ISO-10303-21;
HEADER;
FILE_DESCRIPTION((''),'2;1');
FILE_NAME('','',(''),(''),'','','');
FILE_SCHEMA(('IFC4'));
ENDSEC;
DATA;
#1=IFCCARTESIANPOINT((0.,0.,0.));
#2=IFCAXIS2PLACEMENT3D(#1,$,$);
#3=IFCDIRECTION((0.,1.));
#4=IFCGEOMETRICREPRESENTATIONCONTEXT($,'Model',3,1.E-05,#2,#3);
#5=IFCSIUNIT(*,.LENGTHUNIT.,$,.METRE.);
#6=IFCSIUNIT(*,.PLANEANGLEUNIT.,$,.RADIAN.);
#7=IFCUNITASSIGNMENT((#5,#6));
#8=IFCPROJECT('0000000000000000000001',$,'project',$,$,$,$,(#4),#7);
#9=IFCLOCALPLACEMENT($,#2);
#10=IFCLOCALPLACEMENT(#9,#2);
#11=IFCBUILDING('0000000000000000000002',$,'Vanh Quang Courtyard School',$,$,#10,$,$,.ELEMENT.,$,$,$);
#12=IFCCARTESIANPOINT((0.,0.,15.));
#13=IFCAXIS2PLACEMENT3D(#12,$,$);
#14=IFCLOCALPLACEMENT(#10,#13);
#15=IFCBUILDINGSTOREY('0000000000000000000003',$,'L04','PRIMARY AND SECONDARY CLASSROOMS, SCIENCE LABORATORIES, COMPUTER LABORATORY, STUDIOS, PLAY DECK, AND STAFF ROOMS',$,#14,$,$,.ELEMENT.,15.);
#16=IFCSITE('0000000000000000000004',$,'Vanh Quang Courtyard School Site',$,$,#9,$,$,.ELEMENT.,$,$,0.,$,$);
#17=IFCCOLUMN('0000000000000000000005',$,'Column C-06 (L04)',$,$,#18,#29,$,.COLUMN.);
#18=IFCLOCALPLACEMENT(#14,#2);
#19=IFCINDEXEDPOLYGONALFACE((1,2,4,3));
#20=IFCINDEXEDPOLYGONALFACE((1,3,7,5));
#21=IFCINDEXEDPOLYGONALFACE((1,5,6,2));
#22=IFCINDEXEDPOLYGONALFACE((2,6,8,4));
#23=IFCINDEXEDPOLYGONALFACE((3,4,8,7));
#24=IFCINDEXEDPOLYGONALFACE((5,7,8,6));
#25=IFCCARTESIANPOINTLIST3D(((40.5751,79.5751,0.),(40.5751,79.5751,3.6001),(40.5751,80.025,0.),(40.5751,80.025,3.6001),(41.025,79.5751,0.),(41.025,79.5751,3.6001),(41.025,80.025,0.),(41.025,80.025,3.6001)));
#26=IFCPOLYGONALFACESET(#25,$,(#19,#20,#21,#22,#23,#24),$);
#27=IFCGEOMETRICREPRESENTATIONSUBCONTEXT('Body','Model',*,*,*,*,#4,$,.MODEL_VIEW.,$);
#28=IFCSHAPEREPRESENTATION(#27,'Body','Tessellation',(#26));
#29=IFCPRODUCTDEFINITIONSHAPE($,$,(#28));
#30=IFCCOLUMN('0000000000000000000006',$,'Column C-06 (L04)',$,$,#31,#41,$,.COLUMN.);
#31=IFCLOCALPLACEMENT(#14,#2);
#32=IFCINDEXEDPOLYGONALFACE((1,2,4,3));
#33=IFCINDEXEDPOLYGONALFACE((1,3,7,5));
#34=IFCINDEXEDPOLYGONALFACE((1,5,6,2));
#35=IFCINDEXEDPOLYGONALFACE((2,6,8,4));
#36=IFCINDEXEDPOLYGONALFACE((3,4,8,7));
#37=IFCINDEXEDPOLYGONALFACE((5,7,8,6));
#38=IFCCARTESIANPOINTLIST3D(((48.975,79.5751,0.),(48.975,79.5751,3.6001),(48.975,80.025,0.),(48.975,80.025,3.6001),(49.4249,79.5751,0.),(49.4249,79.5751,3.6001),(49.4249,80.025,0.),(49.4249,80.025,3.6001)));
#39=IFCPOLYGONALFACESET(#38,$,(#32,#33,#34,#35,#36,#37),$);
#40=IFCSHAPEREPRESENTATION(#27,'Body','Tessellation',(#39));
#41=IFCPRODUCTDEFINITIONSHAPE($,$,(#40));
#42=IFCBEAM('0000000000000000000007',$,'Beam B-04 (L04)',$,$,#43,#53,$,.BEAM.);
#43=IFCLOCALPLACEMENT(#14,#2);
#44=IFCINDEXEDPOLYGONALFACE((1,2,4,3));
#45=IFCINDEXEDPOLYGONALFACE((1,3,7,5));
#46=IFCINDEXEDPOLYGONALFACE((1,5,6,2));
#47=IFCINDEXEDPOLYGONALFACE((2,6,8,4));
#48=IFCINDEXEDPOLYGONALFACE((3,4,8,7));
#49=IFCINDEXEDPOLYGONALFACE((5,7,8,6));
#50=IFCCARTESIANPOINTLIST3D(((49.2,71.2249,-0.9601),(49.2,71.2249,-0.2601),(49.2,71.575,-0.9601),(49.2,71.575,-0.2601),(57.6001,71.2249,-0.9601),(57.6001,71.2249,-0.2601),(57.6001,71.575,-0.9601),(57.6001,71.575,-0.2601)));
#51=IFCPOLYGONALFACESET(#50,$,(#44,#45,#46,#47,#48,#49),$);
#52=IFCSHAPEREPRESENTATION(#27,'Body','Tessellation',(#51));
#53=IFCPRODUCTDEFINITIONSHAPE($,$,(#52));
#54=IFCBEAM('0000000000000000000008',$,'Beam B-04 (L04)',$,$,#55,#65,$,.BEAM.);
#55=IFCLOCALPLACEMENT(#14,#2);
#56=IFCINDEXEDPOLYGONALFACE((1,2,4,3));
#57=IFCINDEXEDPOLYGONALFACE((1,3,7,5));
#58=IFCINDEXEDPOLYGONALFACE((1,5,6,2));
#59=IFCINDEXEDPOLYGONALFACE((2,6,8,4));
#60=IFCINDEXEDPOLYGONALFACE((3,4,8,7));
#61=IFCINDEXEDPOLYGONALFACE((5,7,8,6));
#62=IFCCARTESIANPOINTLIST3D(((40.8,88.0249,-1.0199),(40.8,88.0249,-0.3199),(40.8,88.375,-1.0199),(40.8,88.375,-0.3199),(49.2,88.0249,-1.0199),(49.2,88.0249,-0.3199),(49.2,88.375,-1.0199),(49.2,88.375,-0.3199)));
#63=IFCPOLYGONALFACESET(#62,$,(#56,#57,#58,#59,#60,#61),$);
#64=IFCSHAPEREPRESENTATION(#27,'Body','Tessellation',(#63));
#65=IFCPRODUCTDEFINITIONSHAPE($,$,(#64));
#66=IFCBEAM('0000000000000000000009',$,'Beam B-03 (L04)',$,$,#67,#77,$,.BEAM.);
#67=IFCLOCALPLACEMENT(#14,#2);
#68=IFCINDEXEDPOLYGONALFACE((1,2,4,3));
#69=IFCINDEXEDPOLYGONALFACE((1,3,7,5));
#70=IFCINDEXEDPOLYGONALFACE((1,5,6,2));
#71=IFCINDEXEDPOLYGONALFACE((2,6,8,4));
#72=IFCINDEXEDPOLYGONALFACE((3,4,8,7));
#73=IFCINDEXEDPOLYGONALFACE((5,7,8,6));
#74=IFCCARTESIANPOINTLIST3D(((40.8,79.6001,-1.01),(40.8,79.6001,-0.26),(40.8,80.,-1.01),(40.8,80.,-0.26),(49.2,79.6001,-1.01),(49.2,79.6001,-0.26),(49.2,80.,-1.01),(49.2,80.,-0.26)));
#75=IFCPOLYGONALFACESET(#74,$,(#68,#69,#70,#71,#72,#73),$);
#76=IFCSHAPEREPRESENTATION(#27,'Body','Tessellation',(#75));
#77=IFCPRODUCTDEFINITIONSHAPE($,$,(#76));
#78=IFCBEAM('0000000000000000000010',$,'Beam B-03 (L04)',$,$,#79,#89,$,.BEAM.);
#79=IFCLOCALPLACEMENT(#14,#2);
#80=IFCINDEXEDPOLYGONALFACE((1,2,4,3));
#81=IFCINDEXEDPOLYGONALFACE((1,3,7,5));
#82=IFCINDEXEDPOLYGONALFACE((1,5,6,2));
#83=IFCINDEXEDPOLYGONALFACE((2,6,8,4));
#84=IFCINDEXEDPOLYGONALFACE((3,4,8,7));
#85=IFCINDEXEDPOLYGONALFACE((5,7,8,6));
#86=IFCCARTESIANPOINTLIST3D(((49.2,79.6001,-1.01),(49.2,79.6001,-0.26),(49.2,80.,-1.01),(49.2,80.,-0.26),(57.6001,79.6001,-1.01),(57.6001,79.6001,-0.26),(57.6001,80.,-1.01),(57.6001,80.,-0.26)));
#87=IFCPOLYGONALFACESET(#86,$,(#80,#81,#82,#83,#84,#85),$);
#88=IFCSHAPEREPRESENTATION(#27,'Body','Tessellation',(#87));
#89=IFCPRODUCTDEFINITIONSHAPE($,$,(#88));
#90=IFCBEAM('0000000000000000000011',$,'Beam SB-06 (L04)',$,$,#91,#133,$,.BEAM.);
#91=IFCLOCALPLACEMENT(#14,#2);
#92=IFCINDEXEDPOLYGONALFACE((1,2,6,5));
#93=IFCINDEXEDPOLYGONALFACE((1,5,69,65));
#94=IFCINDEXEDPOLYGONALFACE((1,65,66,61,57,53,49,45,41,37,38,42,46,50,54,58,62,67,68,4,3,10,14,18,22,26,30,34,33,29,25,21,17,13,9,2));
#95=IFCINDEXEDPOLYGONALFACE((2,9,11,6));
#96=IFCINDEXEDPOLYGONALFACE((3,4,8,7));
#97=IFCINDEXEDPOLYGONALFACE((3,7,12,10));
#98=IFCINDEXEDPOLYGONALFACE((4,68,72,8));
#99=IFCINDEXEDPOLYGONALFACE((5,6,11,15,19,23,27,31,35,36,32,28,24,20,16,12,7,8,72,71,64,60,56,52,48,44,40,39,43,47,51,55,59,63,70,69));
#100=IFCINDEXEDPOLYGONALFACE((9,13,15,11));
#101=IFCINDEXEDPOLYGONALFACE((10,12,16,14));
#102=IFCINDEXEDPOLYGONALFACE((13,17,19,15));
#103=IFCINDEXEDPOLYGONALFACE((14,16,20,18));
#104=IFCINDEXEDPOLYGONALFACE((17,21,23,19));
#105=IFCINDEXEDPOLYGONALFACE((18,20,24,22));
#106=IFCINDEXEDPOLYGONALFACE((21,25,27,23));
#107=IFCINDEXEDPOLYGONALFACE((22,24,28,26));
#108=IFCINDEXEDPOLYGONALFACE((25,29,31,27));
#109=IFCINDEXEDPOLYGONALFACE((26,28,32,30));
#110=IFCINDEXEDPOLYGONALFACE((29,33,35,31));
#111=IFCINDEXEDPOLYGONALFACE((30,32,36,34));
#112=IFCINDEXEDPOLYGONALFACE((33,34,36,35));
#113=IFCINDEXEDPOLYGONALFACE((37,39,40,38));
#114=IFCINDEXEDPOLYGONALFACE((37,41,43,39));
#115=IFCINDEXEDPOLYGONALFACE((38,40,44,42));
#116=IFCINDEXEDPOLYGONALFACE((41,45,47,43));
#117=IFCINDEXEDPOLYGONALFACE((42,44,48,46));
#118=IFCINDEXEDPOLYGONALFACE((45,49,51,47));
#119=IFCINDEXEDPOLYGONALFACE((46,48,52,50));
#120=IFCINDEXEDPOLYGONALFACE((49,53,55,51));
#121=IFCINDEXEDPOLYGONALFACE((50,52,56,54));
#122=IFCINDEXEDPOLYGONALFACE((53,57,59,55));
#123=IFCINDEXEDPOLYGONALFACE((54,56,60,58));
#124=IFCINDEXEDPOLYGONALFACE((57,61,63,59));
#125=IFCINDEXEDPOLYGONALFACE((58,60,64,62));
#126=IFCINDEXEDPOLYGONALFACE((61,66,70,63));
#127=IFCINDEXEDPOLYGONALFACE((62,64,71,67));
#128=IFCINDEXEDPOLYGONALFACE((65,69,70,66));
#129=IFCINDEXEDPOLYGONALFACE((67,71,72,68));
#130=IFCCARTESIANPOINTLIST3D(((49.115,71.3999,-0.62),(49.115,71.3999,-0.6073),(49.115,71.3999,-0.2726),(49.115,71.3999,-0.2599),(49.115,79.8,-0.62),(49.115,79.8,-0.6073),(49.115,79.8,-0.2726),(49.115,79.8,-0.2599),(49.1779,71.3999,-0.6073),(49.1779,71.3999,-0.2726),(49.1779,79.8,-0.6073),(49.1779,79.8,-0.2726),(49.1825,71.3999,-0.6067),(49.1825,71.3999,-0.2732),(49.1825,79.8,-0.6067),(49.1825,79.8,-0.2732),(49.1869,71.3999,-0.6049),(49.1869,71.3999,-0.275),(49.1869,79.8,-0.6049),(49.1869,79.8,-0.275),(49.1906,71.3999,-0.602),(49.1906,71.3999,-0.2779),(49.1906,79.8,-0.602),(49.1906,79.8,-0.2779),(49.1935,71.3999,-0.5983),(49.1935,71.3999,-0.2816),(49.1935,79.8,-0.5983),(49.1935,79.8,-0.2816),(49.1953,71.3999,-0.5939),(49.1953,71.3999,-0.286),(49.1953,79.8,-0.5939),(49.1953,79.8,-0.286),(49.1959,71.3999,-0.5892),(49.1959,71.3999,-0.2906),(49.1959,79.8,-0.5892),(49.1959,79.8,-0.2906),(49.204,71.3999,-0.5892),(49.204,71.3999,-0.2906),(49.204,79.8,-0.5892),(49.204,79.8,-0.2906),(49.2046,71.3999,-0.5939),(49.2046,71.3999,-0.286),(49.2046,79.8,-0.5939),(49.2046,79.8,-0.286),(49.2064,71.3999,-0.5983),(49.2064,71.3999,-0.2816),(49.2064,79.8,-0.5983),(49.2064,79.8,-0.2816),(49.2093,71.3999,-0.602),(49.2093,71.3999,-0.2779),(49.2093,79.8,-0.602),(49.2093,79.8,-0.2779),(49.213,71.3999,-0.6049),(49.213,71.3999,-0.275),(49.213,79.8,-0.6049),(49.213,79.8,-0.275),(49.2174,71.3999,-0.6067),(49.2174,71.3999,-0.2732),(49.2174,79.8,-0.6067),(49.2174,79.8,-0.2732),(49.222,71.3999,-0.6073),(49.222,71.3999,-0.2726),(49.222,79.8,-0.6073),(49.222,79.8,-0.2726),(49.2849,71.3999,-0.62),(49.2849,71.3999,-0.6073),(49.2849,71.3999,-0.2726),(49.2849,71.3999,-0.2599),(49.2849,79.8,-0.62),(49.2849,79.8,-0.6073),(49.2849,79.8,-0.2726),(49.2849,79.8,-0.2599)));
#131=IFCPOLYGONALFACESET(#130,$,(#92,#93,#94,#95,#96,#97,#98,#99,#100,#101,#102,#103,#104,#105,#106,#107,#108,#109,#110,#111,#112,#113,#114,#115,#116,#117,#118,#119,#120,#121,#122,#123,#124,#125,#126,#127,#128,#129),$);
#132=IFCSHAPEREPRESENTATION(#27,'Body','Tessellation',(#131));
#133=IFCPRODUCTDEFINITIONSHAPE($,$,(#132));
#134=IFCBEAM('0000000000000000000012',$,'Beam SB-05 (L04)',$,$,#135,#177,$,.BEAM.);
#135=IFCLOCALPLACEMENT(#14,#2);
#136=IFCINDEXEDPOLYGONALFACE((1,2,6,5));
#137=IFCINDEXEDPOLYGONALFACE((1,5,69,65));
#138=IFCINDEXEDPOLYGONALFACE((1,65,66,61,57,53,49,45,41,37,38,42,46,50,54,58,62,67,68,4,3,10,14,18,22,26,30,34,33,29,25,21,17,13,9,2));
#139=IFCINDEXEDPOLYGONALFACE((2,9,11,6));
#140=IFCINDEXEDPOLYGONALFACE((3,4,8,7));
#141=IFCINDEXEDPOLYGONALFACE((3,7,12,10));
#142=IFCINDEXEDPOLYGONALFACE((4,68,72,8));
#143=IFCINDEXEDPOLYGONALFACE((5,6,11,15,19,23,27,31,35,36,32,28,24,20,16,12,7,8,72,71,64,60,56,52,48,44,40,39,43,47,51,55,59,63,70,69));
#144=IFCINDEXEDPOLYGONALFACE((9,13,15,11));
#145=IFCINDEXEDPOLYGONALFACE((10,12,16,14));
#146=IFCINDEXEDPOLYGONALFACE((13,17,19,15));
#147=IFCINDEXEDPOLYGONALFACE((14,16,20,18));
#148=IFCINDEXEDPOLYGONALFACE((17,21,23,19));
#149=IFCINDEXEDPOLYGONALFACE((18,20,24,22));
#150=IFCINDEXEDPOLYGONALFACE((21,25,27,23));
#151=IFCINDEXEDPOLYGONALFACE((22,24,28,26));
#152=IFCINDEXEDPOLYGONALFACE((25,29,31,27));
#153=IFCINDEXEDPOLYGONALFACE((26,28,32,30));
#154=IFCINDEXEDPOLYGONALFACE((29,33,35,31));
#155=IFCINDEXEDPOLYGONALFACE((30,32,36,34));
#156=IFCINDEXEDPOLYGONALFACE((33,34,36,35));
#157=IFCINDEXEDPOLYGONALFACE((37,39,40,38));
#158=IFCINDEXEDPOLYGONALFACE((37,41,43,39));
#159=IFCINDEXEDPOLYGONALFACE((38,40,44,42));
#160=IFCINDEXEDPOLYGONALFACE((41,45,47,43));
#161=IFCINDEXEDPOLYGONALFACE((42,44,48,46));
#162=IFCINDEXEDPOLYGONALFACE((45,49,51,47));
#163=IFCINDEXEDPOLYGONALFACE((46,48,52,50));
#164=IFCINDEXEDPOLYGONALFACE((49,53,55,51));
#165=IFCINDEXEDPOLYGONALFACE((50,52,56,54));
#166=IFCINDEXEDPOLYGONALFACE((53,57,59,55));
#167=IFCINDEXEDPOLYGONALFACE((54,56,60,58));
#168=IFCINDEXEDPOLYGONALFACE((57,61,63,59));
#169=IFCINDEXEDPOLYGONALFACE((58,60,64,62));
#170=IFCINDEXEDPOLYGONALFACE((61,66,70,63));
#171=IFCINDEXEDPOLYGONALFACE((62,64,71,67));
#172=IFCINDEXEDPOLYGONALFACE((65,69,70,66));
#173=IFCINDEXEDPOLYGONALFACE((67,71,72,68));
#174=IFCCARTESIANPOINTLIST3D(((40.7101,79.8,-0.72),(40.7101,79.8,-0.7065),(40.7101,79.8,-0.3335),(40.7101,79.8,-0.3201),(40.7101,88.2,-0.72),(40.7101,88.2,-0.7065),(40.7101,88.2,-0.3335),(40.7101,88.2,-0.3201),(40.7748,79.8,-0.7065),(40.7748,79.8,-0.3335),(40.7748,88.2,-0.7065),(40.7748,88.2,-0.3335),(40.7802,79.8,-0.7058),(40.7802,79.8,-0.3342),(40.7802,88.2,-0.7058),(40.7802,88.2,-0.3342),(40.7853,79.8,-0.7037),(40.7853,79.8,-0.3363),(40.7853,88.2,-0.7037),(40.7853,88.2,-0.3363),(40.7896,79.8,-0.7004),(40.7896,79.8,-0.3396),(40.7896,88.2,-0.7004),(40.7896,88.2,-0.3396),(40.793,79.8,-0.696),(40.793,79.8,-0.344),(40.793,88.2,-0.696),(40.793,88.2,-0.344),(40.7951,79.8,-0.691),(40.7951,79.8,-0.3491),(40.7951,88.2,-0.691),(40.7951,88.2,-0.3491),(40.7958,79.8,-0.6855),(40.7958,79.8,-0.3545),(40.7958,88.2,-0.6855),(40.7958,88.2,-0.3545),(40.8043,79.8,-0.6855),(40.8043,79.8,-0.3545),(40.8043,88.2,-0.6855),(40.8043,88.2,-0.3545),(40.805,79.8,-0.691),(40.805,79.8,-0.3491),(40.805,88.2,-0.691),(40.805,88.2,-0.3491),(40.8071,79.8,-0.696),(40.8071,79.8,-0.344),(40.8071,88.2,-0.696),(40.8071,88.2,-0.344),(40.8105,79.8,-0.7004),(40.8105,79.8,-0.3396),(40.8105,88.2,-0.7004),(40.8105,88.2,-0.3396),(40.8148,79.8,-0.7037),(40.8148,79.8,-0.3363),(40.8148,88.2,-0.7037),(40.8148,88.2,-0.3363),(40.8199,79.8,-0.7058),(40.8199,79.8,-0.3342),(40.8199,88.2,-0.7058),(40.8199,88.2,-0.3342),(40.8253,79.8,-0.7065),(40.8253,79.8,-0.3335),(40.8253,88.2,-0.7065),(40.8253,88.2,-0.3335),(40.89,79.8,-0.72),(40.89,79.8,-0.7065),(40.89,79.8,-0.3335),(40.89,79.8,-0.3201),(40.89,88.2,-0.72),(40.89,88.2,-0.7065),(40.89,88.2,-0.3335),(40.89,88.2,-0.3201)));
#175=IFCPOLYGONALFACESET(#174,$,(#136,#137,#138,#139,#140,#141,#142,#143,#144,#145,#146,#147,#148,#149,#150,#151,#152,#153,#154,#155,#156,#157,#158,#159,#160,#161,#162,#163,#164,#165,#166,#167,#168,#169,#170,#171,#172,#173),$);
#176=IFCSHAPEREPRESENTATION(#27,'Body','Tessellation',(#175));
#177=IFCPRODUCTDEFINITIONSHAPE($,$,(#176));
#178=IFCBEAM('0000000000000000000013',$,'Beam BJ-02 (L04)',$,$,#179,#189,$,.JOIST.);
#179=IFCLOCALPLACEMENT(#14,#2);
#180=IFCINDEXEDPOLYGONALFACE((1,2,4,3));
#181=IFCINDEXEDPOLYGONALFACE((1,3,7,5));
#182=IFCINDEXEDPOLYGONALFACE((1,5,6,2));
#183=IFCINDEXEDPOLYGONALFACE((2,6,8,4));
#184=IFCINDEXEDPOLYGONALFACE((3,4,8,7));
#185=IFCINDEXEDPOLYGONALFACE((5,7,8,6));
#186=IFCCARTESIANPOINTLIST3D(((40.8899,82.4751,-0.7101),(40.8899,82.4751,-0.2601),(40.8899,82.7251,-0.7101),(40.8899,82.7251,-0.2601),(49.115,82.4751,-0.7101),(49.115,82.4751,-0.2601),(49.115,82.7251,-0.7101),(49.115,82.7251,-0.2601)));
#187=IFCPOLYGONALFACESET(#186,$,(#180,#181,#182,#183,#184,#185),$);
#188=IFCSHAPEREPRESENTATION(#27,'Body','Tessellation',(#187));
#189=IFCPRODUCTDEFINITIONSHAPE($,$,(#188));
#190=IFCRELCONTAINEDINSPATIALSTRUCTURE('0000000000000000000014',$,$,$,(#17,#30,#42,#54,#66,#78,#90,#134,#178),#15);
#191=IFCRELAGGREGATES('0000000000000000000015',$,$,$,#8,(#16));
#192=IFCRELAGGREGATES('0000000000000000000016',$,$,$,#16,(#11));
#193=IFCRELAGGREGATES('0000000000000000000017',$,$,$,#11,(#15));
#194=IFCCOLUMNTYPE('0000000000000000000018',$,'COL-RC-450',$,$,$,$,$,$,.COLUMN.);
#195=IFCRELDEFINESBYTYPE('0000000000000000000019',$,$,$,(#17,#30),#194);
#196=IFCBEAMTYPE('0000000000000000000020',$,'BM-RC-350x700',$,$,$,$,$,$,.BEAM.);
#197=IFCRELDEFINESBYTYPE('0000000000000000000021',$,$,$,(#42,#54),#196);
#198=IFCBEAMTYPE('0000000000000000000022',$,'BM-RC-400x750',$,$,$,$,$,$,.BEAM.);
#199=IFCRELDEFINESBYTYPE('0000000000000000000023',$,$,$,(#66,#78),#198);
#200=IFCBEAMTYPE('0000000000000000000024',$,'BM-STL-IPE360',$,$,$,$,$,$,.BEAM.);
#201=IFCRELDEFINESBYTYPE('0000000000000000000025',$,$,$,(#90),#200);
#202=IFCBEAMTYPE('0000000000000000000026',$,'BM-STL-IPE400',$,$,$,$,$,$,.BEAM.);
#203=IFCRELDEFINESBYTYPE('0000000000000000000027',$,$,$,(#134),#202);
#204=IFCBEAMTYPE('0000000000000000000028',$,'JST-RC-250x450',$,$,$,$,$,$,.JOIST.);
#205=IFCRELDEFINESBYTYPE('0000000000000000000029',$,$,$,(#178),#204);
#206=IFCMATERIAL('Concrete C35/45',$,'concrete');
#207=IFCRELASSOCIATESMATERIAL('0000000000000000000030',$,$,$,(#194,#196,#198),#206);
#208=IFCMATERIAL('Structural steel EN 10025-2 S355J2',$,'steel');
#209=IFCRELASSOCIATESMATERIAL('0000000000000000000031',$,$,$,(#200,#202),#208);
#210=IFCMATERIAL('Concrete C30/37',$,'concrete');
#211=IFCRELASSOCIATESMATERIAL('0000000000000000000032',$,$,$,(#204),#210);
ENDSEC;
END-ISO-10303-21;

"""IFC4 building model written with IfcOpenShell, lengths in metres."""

from ifc_helpers import new_model, si_unit, direction, frame, origin, origin_2d, place, context, subcontext, project, spatial, rectangle, i_section, extrude, material, material_profile, profile_set, type_object, element, save


model = new_model("IFC4")

# Units and contexts
model_context = context("Model", 3, precision=1e-05, world=origin(), true_north=direction((0.0, 1.0)))
body_context = subcontext(model_context, "Body", "Model", "MODEL_VIEW")
ifc_project = project(units=[si_unit("LENGTHUNIT", "METRE"), si_unit("PLANEANGLEUNIT", "RADIAN")], contexts=[model_context])

# Site, building, storey
site_placement = place(None, origin())
site = spatial("IfcSite", under=ifc_project, at=site_placement, Name="Vanh Quang Courtyard School Site", CompositionType="ELEMENT", RefElevation=0.0)
building_placement = place(site_placement, origin())
building = spatial("IfcBuilding", under=site, at=building_placement, Name="Vanh Quang Courtyard School", CompositionType="ELEMENT")
storey_placement = place(building_placement, frame((0.0, 0.0, 15.0)))
storey = spatial("IfcBuildingStorey", under=building, at=storey_placement, Name="L04", Description="PRIMARY AND SECONDARY CLASSROOMS, SCIENCE LABORATORIES, COMPUTER LABORATORY, STUDIOS, PLAY DECK, AND STAFF ROOMS", CompositionType="ELEMENT", Elevation=15.0)

# Columns
ifc_material_1 = material(Name="Concrete C35/45", Category="concrete")
ifc_material_profile_1 = material_profile(ifc_material_1, rectangle(XDim=0.45, YDim=0.45, at=origin_2d()), Name="RC-COL 450x450")
ifc_profile_set_1 = profile_set([ifc_material_profile_1], Name="Concrete C35/45")
column_type = type_object("IfcColumnType", Name="COL-RC-450", PredefinedType="COLUMN", material=ifc_profile_set_1)
for number, where, z_axis, x_axis, name in (
    (1, (40.8, 79.8, 0.0), (0.0, 0.0, 1.0), (1.0, 0.0, 0.0), "Column C-06 (L04)"),
    (2, (49.2, 79.8, 0.0), (0.0, 0.0, 1.0), (1.0, 0.0, 0.0), "Column C-06 (L04)"),
):
    element("IfcColumn", number, at=place(storey_placement, frame(where, z_axis=z_axis, x_axis=x_axis)), inside=storey, type_object=column_type, Name=name, PredefinedType="COLUMN", context=body_context, shape_type="SweptSolid", body=[
        extrude(rectangle(XDim=0.45, YDim=0.45, at=origin_2d()), origin(), (0.0, 0.0, 1.0), 3.6001),
    ])

# Beams
ifc_material_profile_2 = material_profile(ifc_material_1, rectangle(XDim=0.3501, YDim=0.7, at=origin_2d()), Name="RC-BM 350x700")
ifc_profile_set_2 = profile_set([ifc_material_profile_2], Name="Concrete C35/45")
beam_type_1 = type_object("IfcBeamType", Name="BM-RC-350x700", PredefinedType="BEAM", material=ifc_profile_set_2)
beam_1_placement = place(storey_placement, frame((49.2, 71.3999, -0.6101), z_axis=(1.0, 0.0, 0.0), x_axis=(0.0, 1.0, 0.0)))
element("IfcBeam", 3, at=beam_1_placement, inside=storey, type_object=beam_type_1, Name="Beam B-04 (L04)", PredefinedType="BEAM", context=body_context, shape_type="SweptSolid", body=[
    extrude(rectangle(XDim=0.3501, YDim=0.7, at=origin_2d()), origin(), (0.0, 0.0, 1.0), 8.4001),
])
beam_2_placement = place(storey_placement, frame((40.8, 88.2, -0.6699), z_axis=(1.0, 0.0, 0.0), x_axis=(0.0, 1.0, 0.0)))
element("IfcBeam", 4, at=beam_2_placement, inside=storey, type_object=beam_type_1, Name="Beam B-04 (L04)", PredefinedType="BEAM", context=body_context, shape_type="SweptSolid", body=[
    extrude(rectangle(XDim=0.3501, YDim=0.7, at=origin_2d()), origin(), (0.0, 0.0, 1.0), 8.3999),
])
ifc_material_profile_3 = material_profile(ifc_material_1, rectangle(XDim=0.3999, YDim=0.75, at=origin_2d()), Name="RC-BM 400x750")
ifc_profile_set_3 = profile_set([ifc_material_profile_3], Name="Concrete C35/45")
beam_type_2 = type_object("IfcBeamType", Name="BM-RC-400x750", PredefinedType="BEAM", material=ifc_profile_set_3)
beam_3_placement = place(storey_placement, frame((40.8, 79.8, -0.635), z_axis=(1.0, 0.0, 0.0), x_axis=(0.0, 1.0, 0.0)))
element("IfcBeam", 5, at=beam_3_placement, inside=storey, type_object=beam_type_2, Name="Beam B-03 (L04)", PredefinedType="BEAM", context=body_context, shape_type="SweptSolid", body=[
    extrude(rectangle(XDim=0.3999, YDim=0.75, at=origin_2d()), origin(), (0.0, 0.0, 1.0), 8.3999),
])
beam_4_placement = place(storey_placement, frame((49.2, 79.8, -0.635), z_axis=(1.0, 0.0, 0.0), x_axis=(0.0, 1.0, 0.0)))
element("IfcBeam", 6, at=beam_4_placement, inside=storey, type_object=beam_type_2, Name="Beam B-03 (L04)", PredefinedType="BEAM", context=body_context, shape_type="SweptSolid", body=[
    extrude(rectangle(XDim=0.3999, YDim=0.75, at=origin_2d()), origin(), (0.0, 0.0, 1.0), 8.4001),
])
ifc_material_2 = material(Name="Structural steel EN 10025-2 S355J2", Category="steel")
ifc_material_profile_4 = material_profile(ifc_material_2, i_section(OverallWidth=0.1699, OverallDepth=0.3601, WebThickness=0.0081, FlangeThickness=0.0127, FilletRadius=0.0181, at=origin_2d()), Name="IPE 360")
ifc_profile_set_4 = profile_set([ifc_material_profile_4], Name="Structural steel EN 10025-2 S355J2")
beam_type_3 = type_object("IfcBeamType", Name="BM-STL-IPE360", PredefinedType="BEAM", material=ifc_profile_set_4)
beam_5_placement = place(storey_placement, frame((49.2, 71.3999, -0.4399), z_axis=(0.0, 1.0, 0.0), x_axis=(-1.0, 0.0, 0.0)))
element("IfcBeam", 7, at=beam_5_placement, inside=storey, type_object=beam_type_3, Name="Beam SB-06 (L04)", PredefinedType="BEAM", context=body_context, shape_type="SweptSolid", body=[
    extrude(i_section(OverallWidth=0.1699, OverallDepth=0.3601, WebThickness=0.0081, FlangeThickness=0.0127, FilletRadius=0.0181, at=origin_2d()), origin(), (0.0, 0.0, 1.0), 8.4001),
])
ifc_material_profile_5 = material_profile(ifc_material_2, i_section(OverallWidth=0.1799, OverallDepth=0.3999, WebThickness=0.0085, FlangeThickness=0.0134, FilletRadius=0.021, at=origin_2d()), Name="IPE 400")
ifc_profile_set_5 = profile_set([ifc_material_profile_5], Name="Structural steel EN 10025-2 S355J2")
beam_type_4 = type_object("IfcBeamType", Name="BM-STL-IPE400", PredefinedType="BEAM", material=ifc_profile_set_5)
beam_6_placement = place(storey_placement, frame((40.8, 79.8, -0.52), z_axis=(0.0, 1.0, 0.0), x_axis=(-1.0, 0.0, 0.0)))
element("IfcBeam", 8, at=beam_6_placement, inside=storey, type_object=beam_type_4, Name="Beam SB-05 (L04)", PredefinedType="BEAM", context=body_context, shape_type="SweptSolid", body=[
    extrude(i_section(OverallWidth=0.1799, OverallDepth=0.3999, WebThickness=0.0085, FlangeThickness=0.0134, FilletRadius=0.021, at=origin_2d()), origin(), (0.0, 0.0, 1.0), 8.3999),
])
ifc_material_3 = material(Name="Concrete C30/37", Category="concrete")
ifc_material_profile_6 = material_profile(ifc_material_3, rectangle(XDim=0.25, YDim=0.45, at=origin_2d()), Name="RC-JST 250x450")
ifc_profile_set_6 = profile_set([ifc_material_profile_6], Name="Concrete C30/37")
beam_type_5 = type_object("IfcBeamType", Name="JST-RC-250x450", PredefinedType="JOIST", material=ifc_profile_set_6)
for number, where, z_axis, x_axis, name in (
    (9, (40.8899, 82.6001, -0.4851), (1.0, 0.0, 0.0), (0.0, 1.0, 0.0), "Beam BJ-02 (L04)"),
):
    element("IfcBeam", number, at=place(storey_placement, frame(where, z_axis=z_axis, x_axis=x_axis)), inside=storey, type_object=beam_type_5, Name=name, PredefinedType="JOIST", context=body_context, shape_type="SweptSolid", body=[
        extrude(rectangle(XDim=0.25, YDim=0.45, at=origin_2d()), origin(), (0.0, 0.0, 1.0), 8.2251),
    ])

save(model, "model.ifc")
